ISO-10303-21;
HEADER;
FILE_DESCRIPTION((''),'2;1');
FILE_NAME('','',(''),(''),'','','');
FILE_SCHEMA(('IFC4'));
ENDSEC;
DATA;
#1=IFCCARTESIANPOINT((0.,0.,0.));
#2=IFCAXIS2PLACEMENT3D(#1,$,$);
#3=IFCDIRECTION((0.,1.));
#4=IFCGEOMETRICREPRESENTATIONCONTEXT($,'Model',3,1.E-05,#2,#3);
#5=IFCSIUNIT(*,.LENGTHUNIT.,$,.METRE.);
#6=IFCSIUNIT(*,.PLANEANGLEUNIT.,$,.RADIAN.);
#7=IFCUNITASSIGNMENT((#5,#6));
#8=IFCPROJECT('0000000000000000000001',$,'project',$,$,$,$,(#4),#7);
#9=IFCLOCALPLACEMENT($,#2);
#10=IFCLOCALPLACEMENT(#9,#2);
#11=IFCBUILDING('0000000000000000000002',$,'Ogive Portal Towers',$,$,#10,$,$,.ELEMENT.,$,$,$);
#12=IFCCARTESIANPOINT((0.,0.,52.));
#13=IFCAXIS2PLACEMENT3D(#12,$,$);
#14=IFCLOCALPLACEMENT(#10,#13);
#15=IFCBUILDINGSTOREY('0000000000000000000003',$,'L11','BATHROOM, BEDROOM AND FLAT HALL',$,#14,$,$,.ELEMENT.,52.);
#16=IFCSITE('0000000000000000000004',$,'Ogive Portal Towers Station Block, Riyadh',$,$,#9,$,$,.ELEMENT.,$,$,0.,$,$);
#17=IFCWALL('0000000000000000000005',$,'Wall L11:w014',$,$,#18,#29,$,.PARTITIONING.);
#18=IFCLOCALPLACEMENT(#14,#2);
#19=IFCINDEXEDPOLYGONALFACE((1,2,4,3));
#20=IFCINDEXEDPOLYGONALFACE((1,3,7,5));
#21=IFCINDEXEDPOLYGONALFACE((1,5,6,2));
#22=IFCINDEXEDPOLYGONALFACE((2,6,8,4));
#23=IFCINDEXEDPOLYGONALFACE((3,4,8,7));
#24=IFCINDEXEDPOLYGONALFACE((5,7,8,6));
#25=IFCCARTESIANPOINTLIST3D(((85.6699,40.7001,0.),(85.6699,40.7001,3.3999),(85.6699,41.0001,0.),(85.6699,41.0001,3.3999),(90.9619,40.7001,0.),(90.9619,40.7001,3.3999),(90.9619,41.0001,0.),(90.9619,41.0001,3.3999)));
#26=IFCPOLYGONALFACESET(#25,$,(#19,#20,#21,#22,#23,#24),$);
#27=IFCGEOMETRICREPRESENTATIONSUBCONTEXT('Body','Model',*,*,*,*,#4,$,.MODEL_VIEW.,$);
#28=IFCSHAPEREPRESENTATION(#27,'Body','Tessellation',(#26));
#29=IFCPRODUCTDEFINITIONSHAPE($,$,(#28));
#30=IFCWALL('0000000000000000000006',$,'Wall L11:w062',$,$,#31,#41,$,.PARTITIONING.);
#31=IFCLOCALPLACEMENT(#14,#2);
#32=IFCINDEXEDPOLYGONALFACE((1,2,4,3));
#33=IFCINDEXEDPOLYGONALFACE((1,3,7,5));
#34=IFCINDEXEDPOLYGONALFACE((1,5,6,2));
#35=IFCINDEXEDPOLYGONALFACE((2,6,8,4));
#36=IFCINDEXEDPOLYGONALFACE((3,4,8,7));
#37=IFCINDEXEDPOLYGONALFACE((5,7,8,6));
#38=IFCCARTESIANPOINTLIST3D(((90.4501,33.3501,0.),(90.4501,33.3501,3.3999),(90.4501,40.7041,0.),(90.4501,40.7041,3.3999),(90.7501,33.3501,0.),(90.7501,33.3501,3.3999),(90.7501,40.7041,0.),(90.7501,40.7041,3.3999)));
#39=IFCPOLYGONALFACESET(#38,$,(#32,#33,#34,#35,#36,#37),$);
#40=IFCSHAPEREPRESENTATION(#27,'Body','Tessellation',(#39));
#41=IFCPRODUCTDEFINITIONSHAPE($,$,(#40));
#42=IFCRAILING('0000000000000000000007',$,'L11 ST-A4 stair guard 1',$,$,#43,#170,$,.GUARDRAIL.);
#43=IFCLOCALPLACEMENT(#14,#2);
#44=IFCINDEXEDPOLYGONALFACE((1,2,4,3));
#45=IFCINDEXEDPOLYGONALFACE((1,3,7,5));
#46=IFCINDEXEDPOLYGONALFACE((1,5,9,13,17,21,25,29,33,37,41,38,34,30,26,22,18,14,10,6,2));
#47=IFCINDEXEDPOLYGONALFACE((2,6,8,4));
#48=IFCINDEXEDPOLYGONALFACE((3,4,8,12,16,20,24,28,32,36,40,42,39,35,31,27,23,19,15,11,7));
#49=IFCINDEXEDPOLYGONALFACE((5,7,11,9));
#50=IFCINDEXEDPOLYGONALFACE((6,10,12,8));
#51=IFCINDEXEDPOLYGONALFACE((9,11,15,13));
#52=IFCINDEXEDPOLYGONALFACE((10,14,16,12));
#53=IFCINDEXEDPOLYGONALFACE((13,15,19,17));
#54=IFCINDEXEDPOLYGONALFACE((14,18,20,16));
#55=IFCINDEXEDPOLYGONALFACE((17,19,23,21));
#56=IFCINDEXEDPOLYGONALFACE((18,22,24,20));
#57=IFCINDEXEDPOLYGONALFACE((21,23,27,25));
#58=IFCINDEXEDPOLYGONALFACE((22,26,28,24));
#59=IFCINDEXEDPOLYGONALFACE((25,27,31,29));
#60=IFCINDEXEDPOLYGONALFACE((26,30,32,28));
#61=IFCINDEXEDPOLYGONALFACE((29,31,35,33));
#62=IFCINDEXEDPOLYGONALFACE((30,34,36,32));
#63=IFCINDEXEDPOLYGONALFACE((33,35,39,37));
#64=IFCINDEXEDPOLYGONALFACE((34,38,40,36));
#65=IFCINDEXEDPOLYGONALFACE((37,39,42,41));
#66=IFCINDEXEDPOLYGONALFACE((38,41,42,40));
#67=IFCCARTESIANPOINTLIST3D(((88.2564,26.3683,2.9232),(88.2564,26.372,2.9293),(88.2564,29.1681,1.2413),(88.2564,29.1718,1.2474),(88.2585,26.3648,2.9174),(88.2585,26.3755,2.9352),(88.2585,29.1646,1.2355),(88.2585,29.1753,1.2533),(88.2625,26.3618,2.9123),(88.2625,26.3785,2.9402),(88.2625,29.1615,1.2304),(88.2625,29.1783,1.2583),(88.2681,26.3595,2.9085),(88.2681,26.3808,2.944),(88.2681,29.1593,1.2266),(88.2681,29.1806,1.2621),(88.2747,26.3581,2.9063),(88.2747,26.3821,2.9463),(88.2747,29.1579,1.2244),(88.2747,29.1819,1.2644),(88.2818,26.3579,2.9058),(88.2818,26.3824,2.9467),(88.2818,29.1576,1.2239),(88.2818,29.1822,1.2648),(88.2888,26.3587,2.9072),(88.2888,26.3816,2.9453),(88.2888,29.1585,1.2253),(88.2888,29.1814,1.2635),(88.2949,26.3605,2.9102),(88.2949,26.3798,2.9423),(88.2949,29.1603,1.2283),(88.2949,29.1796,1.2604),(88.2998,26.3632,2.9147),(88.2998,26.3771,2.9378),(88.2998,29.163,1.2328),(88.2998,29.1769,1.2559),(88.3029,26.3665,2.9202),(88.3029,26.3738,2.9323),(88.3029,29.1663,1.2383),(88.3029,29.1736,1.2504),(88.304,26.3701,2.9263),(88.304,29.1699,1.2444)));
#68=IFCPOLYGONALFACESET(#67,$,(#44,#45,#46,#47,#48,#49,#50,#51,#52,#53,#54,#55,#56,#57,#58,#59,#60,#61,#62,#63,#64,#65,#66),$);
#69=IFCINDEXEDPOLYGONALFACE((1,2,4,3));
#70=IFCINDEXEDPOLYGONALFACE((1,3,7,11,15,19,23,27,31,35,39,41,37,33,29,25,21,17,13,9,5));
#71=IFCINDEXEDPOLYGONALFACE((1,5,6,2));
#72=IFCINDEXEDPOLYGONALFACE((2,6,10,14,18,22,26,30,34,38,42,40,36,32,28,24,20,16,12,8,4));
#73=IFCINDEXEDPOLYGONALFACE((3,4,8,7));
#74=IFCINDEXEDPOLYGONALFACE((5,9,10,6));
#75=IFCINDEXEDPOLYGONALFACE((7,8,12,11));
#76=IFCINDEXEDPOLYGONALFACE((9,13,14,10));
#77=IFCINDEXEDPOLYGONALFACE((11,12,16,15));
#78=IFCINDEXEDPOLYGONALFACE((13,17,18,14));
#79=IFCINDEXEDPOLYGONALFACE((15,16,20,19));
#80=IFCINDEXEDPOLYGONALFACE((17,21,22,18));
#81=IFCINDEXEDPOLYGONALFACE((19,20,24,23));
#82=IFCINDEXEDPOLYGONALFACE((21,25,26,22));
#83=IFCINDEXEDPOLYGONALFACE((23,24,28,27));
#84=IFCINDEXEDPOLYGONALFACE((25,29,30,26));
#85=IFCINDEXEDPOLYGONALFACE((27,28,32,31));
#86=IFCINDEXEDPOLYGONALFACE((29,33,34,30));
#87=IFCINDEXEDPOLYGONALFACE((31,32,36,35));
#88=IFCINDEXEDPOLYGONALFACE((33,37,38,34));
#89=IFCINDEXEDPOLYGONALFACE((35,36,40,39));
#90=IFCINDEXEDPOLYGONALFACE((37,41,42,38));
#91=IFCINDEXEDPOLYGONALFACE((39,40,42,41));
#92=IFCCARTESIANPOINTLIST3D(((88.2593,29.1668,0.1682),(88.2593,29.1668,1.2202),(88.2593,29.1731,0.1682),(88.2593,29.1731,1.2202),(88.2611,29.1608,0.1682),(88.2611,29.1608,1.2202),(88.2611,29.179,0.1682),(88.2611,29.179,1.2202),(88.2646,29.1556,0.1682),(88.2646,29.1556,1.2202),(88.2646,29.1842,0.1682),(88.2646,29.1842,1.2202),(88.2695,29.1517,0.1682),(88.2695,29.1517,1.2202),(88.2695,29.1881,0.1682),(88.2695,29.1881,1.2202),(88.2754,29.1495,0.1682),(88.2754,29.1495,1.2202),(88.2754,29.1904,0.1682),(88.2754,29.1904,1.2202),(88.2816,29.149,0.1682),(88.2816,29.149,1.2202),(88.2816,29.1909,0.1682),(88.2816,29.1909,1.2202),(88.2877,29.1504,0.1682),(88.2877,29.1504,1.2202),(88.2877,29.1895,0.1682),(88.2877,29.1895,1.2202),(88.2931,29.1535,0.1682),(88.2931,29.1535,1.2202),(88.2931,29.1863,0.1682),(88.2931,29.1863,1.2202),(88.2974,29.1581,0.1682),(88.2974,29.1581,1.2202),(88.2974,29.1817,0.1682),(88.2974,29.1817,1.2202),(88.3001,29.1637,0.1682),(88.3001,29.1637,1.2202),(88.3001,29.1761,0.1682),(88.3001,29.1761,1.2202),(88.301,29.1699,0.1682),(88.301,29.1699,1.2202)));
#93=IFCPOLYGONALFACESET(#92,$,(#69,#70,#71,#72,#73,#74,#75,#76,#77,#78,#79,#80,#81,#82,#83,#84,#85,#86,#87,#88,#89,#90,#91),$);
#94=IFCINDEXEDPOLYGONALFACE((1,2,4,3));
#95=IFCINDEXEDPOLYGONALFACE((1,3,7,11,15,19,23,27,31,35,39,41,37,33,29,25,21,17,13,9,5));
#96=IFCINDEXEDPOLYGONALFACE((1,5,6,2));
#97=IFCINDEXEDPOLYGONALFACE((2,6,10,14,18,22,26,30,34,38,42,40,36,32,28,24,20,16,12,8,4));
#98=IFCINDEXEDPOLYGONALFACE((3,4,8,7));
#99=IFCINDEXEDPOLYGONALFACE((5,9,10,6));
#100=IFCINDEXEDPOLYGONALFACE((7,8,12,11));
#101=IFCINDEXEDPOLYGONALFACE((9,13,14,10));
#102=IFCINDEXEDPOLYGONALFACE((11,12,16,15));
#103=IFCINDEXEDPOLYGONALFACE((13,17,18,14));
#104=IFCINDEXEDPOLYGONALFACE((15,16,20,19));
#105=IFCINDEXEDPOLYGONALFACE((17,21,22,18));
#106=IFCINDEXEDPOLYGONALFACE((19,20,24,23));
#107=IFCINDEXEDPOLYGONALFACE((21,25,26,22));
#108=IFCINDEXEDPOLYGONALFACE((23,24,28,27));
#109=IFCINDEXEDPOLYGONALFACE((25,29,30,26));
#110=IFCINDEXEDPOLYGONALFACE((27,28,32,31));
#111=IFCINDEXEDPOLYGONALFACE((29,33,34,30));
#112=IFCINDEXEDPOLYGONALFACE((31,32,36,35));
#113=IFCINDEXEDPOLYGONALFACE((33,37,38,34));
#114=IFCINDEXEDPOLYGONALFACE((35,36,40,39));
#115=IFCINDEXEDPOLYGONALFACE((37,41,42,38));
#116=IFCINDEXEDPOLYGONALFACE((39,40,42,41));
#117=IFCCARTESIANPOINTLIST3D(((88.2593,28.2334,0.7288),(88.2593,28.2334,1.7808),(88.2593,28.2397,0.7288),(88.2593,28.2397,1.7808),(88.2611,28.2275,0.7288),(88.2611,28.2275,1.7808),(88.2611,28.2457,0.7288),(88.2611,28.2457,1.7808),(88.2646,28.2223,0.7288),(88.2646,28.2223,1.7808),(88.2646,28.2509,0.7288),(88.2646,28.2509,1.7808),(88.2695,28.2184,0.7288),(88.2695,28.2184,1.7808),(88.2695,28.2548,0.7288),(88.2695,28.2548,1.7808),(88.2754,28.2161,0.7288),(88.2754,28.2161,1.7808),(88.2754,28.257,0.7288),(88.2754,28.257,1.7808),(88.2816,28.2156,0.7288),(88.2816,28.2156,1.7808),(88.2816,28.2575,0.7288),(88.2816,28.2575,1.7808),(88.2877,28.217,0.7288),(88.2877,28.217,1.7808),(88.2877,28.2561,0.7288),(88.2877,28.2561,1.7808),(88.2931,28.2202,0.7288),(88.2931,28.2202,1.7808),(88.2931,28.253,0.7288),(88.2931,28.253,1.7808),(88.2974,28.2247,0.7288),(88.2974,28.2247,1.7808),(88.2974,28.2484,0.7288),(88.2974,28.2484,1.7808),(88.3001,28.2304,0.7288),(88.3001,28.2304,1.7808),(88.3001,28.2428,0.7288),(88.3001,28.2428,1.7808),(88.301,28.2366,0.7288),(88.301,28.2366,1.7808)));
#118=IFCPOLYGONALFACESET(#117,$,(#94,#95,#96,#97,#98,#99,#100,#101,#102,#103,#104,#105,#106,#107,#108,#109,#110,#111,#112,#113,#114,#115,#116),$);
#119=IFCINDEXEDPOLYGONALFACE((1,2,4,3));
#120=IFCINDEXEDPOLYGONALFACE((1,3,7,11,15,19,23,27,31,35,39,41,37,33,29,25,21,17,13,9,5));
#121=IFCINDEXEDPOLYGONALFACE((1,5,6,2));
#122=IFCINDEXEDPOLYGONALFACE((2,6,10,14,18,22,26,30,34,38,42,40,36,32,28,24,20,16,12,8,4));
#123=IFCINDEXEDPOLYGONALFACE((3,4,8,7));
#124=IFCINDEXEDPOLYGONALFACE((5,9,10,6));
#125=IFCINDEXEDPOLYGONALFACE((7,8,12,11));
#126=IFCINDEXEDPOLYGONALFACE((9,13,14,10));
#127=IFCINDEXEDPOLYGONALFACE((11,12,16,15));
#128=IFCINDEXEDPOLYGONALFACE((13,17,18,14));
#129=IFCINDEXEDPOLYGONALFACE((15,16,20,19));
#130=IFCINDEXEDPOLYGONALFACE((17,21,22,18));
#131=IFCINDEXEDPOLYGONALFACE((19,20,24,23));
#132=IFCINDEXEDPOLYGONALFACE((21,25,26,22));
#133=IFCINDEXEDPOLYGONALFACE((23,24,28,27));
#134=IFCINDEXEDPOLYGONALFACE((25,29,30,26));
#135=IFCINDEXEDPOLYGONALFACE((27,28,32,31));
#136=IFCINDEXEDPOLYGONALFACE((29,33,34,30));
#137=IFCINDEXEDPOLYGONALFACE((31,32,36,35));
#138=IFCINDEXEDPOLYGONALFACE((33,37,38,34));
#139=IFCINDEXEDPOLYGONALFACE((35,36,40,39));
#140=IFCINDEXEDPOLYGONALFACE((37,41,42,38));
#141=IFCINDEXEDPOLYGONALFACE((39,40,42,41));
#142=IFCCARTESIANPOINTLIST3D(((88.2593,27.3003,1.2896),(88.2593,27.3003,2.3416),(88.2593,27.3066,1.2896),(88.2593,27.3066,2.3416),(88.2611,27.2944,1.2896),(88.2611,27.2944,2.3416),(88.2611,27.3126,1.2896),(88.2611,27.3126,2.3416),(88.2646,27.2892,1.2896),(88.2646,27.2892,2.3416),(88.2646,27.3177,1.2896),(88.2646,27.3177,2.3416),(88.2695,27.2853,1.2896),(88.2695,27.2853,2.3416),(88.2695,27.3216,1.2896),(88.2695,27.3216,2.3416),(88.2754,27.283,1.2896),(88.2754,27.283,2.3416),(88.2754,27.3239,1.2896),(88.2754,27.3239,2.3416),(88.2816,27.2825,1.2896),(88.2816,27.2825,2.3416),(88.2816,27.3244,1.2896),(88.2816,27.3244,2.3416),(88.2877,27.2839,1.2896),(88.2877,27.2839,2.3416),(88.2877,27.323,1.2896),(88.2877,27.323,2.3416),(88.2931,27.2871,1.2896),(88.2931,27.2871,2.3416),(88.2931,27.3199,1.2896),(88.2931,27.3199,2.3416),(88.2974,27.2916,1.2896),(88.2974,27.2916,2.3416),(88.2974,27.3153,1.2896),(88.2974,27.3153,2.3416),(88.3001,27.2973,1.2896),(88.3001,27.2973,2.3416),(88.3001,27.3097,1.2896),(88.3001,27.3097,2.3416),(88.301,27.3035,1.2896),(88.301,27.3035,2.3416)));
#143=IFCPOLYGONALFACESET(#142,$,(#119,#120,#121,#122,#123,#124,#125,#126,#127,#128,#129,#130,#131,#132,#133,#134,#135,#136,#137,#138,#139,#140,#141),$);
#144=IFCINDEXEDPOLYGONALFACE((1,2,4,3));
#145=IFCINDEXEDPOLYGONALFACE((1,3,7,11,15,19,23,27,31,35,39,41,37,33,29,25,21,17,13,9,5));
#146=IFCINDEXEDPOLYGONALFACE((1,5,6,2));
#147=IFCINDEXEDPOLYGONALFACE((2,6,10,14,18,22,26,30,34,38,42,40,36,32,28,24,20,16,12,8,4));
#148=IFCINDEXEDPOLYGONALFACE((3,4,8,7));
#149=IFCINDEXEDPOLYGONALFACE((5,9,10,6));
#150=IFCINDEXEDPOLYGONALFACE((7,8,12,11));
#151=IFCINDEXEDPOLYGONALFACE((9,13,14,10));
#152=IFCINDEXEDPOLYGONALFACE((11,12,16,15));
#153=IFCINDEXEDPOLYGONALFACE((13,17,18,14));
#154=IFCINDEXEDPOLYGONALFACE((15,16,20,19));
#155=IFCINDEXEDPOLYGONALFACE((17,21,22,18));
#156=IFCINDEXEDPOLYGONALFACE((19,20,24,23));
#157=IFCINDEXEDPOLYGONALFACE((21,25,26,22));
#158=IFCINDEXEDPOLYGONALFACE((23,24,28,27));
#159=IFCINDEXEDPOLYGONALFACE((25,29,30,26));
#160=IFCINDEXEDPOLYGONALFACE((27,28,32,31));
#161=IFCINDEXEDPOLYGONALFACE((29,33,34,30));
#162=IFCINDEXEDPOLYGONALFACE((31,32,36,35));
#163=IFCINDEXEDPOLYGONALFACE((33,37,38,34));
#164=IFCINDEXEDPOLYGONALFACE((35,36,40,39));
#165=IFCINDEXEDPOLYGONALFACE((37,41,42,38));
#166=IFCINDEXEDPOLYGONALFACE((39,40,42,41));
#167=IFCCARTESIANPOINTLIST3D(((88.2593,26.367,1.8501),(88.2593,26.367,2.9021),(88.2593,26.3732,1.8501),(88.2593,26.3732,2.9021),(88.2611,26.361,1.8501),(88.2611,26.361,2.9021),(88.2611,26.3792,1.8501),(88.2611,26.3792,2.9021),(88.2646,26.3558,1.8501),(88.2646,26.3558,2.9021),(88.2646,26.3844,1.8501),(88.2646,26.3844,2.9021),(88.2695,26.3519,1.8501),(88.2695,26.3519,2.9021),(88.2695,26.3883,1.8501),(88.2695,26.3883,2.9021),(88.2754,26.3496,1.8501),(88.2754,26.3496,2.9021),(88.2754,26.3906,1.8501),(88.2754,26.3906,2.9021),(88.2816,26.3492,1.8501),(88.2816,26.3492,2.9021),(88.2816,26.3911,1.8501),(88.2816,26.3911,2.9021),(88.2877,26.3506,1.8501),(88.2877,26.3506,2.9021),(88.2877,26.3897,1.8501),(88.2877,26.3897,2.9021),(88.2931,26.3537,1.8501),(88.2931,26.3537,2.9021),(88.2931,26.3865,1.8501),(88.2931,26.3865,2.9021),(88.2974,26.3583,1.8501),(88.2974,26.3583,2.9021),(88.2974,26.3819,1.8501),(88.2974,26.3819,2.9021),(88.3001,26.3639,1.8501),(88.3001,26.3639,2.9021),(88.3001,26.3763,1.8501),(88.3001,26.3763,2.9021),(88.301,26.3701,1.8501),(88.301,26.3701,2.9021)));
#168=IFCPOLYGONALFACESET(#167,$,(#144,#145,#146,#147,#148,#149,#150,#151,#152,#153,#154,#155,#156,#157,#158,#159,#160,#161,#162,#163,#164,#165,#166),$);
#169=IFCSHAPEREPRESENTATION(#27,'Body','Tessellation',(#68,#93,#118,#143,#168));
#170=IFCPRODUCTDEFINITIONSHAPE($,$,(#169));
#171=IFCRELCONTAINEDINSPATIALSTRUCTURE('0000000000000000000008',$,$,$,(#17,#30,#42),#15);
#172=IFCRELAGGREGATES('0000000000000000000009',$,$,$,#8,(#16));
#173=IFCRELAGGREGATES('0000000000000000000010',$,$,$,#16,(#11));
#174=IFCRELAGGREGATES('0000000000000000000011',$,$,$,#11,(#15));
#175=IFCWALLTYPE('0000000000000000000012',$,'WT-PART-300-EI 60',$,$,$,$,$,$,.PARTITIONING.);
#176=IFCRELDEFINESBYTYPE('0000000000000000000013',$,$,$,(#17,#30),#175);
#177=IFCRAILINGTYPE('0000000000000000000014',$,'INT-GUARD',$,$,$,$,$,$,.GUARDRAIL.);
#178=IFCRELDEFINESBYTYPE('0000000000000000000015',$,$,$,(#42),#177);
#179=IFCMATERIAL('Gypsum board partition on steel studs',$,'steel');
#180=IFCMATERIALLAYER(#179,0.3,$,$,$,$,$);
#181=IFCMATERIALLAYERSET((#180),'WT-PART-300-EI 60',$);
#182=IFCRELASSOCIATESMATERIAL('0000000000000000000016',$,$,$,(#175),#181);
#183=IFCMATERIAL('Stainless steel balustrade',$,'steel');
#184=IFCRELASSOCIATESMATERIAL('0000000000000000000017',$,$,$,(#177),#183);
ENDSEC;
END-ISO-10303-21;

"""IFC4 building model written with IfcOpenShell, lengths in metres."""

from ifc_helpers import new_model, si_unit, direction, frame, frame_2d, origin, origin_2d, place, context, subcontext, project, spatial, rectangle, circle, extrude, material, layer, layer_set, type_object, element, save


model = new_model("IFC4")

# Units and contexts
model_context = context("Model", 3, precision=1e-05, world=origin(), true_north=direction((0.0, 1.0)))
body_context = subcontext(model_context, "Body", "Model", "MODEL_VIEW")
ifc_project = project(units=[si_unit("LENGTHUNIT", "METRE"), si_unit("PLANEANGLEUNIT", "RADIAN")], contexts=[model_context])

# Site, building, storey
site_placement = place(None, origin())
site = spatial("IfcSite", under=ifc_project, at=site_placement, Name="Ogive Portal Towers Station Block, Riyadh", CompositionType="ELEMENT", RefElevation=0.0)
building_placement = place(site_placement, origin())
building = spatial("IfcBuilding", under=site, at=building_placement, Name="Ogive Portal Towers", CompositionType="ELEMENT")
storey_placement = place(building_placement, frame((0.0, 0.0, 52.0)))
storey = spatial("IfcBuildingStorey", under=building, at=storey_placement, Name="L11", Description="BATHROOM, BEDROOM AND FLAT HALL", CompositionType="ELEMENT", Elevation=52.0)

# Shared definitions
ifc_material_1 = material(Name="Gypsum board partition on steel studs", Category="steel")

# Walls
ifc_layer_1 = layer(ifc_material_1, 0.3)
ifc_layer_set_1 = layer_set([ifc_layer_1], Name="WT-PART-300-EI 60")
wall_type_1 = type_object("IfcWallType", Name="WT-PART-300-EI 60", PredefinedType="PARTITIONING", material=ifc_layer_set_1)
wall_1_placement = place(storey_placement, frame((85.6699, 40.8501, 0.0), z_axis=(0.0, 0.0, 1.0), x_axis=(1.0, 0.0, 0.0)))
element("IfcWall", 1, at=wall_1_placement, inside=storey, type_object=wall_type_1, Name="Wall L11:w014", PredefinedType="PARTITIONING", context=body_context, shape_type="SweptSolid", body=[
    extrude(rectangle(XDim=5.292, YDim=0.3, at=frame_2d((2.646, 0.0))), origin(), (0.0, 0.0, 1.0), 3.3999),
])
wall_2_placement = place(storey_placement, frame((90.6001, 33.3501, 0.0), z_axis=(0.0, 0.0, 1.0), x_axis=(0.0, 1.0, 0.0)))
element("IfcWall", 2, at=wall_2_placement, inside=storey, type_object=wall_type_1, Name="Wall L11:w062", PredefinedType="PARTITIONING", context=body_context, shape_type="SweptSolid", body=[
    extrude(rectangle(XDim=7.354, YDim=0.3, at=frame_2d((3.677, 0.0))), origin(), (0.0, 0.0, 1.0), 3.3999),
])

# Railing
ifc_material_2 = material(Name="Stainless steel balustrade", Category="steel")
railing_type_1 = type_object("IfcRailingType", Name="INT-GUARD", PredefinedType="GUARDRAIL", material=ifc_material_2)
railing_1_placement = place(storey_placement, frame((88.28, 29.1699, 0.1682)))
element("IfcRailing", 3, at=railing_1_placement, inside=storey, type_object=railing_type_1, Name="L11 ST-A4 stair guard 1", PredefinedType="GUARDRAIL", context=body_context, shape_type="SweptSolid", body=[
    extrude(circle(Radius=0.0239, at=origin_2d()), frame((0.0, 0.0, 1.0762), z_axis=(0.0, -0.857222, 0.514946), x_axis=(1.0, 0.0, 0.0)), (0.0, 0.0, 1.0), 3.2661),
    extrude(circle(Radius=0.021, at=origin_2d()), origin(), (0.0, 0.0, 1.0), 1.052),
    extrude(circle(Radius=0.021, at=origin_2d()), frame((0.0, -0.9333, 0.5605)), (0.0, 0.0, 1.0), 1.052),
    extrude(circle(Radius=0.021, at=origin_2d()), frame((0.0, -1.8665, 1.1213)), (0.0, 0.0, 1.0), 1.052),
    extrude(circle(Radius=0.021, at=origin_2d()), frame((0.0, -2.7998, 1.6819)), (0.0, 0.0, 1.0), 1.052),
])

save(model, "model.ifc")
